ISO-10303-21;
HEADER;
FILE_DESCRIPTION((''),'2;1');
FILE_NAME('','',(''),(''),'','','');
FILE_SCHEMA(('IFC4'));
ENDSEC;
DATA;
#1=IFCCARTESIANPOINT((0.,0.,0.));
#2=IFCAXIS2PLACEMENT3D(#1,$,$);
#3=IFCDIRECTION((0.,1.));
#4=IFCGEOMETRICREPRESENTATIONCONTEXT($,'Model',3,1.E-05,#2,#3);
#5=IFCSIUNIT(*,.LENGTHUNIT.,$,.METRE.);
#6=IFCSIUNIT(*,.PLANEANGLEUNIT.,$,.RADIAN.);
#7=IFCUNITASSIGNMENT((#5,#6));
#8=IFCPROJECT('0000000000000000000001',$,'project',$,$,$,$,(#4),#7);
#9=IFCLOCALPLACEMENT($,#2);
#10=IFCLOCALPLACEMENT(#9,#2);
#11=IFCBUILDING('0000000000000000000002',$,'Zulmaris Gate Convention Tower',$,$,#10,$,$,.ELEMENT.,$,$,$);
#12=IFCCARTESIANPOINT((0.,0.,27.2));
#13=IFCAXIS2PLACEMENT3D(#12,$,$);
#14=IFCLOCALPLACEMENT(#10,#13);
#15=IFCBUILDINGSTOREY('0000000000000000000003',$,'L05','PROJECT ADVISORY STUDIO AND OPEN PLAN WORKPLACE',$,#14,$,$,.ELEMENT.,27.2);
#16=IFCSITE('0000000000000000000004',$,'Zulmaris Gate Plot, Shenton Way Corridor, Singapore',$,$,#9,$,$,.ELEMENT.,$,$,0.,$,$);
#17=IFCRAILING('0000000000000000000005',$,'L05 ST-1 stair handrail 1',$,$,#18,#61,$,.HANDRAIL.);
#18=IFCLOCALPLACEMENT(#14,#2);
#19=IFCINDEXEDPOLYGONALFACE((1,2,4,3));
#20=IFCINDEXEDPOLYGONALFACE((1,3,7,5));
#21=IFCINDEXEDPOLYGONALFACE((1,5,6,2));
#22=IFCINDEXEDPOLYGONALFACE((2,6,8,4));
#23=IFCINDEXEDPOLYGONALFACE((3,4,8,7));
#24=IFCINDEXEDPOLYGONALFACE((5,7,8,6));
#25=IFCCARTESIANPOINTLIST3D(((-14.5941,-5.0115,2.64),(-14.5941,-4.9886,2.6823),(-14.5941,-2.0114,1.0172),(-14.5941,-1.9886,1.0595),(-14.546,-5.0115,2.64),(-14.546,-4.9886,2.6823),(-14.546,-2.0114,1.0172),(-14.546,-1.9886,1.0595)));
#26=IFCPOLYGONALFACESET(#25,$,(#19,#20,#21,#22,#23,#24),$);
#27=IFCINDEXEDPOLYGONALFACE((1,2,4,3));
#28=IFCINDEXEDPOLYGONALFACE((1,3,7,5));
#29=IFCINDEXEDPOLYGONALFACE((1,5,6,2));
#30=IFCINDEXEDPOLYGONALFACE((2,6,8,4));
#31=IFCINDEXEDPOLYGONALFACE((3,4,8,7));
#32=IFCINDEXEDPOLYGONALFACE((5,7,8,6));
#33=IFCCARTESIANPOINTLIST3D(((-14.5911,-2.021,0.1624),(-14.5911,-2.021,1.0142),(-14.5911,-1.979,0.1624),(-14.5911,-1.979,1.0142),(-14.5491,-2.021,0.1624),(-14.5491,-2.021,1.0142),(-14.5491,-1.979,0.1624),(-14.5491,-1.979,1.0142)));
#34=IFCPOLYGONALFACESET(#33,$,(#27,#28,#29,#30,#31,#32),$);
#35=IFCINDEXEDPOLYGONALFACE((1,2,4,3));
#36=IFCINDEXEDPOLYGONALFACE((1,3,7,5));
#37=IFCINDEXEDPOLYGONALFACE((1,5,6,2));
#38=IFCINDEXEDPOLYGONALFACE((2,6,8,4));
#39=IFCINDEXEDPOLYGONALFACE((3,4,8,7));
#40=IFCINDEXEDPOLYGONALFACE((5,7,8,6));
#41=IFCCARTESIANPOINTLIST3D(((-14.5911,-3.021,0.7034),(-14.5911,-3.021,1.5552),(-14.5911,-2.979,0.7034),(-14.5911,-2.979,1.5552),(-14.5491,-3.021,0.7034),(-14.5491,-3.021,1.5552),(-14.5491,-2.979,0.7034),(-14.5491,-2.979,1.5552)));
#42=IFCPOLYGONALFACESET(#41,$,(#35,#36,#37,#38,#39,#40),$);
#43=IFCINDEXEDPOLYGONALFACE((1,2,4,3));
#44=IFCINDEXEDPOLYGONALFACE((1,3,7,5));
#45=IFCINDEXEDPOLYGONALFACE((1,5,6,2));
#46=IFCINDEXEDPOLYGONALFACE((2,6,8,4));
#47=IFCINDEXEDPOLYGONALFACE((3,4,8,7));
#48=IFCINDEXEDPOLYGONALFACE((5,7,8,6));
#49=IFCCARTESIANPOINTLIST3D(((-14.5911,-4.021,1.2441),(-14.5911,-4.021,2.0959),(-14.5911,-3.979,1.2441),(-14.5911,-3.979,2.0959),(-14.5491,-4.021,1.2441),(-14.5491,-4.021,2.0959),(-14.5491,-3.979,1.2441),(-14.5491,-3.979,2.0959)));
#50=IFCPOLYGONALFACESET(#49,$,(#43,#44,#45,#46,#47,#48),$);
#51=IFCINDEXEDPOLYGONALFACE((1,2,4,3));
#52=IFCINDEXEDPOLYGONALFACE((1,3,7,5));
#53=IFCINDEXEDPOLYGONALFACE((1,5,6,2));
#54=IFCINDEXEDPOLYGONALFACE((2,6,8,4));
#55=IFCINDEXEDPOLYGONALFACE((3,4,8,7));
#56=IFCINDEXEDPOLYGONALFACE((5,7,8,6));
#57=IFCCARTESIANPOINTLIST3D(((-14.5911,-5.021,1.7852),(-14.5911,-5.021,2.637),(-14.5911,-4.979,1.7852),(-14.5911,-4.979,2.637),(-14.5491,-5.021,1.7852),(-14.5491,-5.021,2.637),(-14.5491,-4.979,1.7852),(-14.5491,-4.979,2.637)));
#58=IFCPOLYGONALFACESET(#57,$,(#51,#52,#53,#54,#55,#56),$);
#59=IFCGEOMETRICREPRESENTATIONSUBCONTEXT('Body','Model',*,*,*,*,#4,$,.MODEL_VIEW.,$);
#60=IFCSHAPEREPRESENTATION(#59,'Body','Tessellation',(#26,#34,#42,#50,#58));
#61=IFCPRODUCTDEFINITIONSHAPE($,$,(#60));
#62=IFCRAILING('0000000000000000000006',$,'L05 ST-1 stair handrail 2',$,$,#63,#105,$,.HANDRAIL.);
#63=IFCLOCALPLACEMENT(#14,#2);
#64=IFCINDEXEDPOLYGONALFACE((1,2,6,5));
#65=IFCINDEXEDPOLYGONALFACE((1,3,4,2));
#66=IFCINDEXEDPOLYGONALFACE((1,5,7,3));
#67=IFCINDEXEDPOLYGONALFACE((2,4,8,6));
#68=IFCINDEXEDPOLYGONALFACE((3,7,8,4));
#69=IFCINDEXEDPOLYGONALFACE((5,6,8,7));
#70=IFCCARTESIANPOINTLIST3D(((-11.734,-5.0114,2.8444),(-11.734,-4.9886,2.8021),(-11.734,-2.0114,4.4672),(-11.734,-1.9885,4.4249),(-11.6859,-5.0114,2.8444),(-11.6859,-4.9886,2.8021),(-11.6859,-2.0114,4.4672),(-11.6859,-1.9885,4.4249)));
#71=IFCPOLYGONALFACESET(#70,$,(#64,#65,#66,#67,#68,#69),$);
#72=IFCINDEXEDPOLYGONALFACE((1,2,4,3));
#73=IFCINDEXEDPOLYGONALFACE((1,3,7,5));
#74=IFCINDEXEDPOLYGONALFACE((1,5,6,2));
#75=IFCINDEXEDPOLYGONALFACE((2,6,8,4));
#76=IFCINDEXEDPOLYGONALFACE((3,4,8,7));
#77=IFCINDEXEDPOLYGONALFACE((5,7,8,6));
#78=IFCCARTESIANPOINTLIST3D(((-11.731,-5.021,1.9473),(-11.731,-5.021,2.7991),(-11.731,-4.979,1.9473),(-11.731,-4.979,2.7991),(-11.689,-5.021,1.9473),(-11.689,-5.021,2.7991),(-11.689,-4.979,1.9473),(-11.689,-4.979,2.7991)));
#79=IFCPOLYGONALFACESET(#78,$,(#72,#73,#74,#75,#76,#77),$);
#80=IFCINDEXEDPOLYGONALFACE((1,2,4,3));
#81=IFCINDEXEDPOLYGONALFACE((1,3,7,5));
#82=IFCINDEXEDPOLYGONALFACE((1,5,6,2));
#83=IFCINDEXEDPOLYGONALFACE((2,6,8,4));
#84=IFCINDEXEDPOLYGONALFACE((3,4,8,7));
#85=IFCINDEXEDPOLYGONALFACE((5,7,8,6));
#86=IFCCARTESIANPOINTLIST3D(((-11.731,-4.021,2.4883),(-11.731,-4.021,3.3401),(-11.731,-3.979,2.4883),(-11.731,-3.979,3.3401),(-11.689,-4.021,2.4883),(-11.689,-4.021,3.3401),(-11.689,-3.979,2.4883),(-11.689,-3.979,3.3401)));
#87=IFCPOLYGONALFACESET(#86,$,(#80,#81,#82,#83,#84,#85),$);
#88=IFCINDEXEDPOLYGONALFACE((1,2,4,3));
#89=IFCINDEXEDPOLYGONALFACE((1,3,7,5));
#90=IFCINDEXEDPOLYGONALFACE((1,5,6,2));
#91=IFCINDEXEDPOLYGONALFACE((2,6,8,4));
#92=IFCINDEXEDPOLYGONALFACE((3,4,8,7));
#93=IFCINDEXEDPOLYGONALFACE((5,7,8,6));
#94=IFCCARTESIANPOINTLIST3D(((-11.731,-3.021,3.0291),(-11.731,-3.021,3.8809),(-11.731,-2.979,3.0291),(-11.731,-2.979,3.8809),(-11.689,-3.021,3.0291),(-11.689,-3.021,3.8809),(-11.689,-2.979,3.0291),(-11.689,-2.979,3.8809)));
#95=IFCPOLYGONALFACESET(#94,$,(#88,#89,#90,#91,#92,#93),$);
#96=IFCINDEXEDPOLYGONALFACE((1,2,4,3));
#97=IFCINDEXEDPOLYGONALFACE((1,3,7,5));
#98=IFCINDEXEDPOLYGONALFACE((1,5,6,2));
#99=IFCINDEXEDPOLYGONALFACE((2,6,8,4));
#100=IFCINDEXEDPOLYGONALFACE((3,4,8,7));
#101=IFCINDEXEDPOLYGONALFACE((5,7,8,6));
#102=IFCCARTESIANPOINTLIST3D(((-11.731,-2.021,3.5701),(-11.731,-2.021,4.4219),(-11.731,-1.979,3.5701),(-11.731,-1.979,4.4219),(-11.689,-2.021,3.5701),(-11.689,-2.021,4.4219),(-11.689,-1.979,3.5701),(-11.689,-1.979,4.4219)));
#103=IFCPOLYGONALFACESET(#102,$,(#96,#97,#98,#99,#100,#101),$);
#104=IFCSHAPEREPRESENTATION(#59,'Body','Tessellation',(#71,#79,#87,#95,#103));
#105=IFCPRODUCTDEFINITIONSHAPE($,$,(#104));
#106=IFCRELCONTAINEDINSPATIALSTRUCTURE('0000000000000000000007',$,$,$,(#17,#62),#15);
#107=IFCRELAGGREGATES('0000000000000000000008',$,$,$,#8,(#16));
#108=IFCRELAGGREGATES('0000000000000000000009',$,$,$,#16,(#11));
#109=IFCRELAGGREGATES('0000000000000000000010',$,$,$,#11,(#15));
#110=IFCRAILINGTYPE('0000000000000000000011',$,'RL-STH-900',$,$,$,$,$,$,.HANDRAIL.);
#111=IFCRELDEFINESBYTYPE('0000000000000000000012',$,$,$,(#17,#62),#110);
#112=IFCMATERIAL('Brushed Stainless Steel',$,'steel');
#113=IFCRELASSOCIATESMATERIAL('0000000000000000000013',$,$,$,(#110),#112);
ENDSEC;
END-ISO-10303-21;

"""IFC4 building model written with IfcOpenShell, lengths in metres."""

from ifc_helpers import new_model, si_unit, direction, frame, origin, origin_2d, place, context, subcontext, project, spatial, rectangle, extrude, material, type_object, element, save


model = new_model("IFC4")

# Units and contexts
model_context = context("Model", 3, precision=1e-05, world=origin(), true_north=direction((0.0, 1.0)))
body_context = subcontext(model_context, "Body", "Model", "MODEL_VIEW")
ifc_project = project(units=[si_unit("LENGTHUNIT", "METRE"), si_unit("PLANEANGLEUNIT", "RADIAN")], contexts=[model_context])

# Site, building, storey
site_placement = place(None, origin())
site = spatial("IfcSite", under=ifc_project, at=site_placement, Name="Zulmaris Gate Plot, Shenton Way Corridor, Singapore", CompositionType="ELEMENT", RefElevation=0.0)
building_placement = place(site_placement, origin())
building = spatial("IfcBuilding", under=site, at=building_placement, Name="Zulmaris Gate Convention Tower", CompositionType="ELEMENT")
storey_placement = place(building_placement, frame((0.0, 0.0, 27.2)))
storey = spatial("IfcBuildingStorey", under=building, at=storey_placement, Name="L05", Description="PROJECT ADVISORY STUDIO AND OPEN PLAN WORKPLACE", CompositionType="ELEMENT", Elevation=27.2)

# Railings
ifc_material_1 = material(Name="Brushed Stainless Steel", Category="steel")
railing_type_1 = type_object("IfcRailingType", Name="RL-STH-900", PredefinedType="HANDRAIL", material=ifc_material_1)
railing_1_placement = place(storey_placement, frame((-14.5701, -2.0, 0.1624)))
element("IfcRailing", 1, at=railing_1_placement, inside=storey, type_object=railing_type_1, Name="L05 ST-1 stair handrail 1", PredefinedType="HANDRAIL", context=body_context, shape_type="SweptSolid", body=[
    extrude(rectangle(XDim=0.0481, YDim=0.0481, at=origin_2d()), frame((0.0, 0.0, 0.876), z_axis=(0.0, -0.879562, 0.475785), x_axis=(1.0, 0.0, 0.0)), (0.0, 0.0, 1.0), 3.4109),
    extrude(rectangle(XDim=0.042, YDim=0.042, at=origin_2d()), origin(), (0.0, 0.0, 1.0), 0.8518),
    extrude(rectangle(XDim=0.042, YDim=0.042, at=origin_2d()), frame((0.0, -1.0, 0.541)), (0.0, 0.0, 1.0), 0.8518),
    extrude(rectangle(XDim=0.042, YDim=0.042, at=origin_2d()), frame((0.0, -2.0, 1.0818)), (0.0, 0.0, 1.0), 0.8518),
    extrude(rectangle(XDim=0.042, YDim=0.042, at=origin_2d()), frame((0.0, -3.0, 1.6228)), (0.0, 0.0, 1.0), 0.8518),
])
railing_2_placement = place(storey_placement, frame((-11.71, -5.0, 1.9473)))
element("IfcRailing", 2, at=railing_2_placement, inside=storey, type_object=railing_type_1, Name="L05 ST-1 stair handrail 2", PredefinedType="HANDRAIL", context=body_context, shape_type="SweptSolid", body=[
    extrude(rectangle(XDim=0.0481, YDim=0.0481, at=origin_2d()), frame((0.0, 0.0, 0.876), z_axis=(0.0, 0.879562, 0.475785), x_axis=(-1.0, 0.0, 0.0)), (0.0, 0.0, 1.0), 3.4109),
    extrude(rectangle(XDim=0.042, YDim=0.042, at=origin_2d()), origin(), (0.0, 0.0, 1.0), 0.8518),
    extrude(rectangle(XDim=0.042, YDim=0.042, at=origin_2d()), frame((0.0, 1.0, 0.541)), (0.0, 0.0, 1.0), 0.8518),
    extrude(rectangle(XDim=0.042, YDim=0.042, at=origin_2d()), frame((0.0, 2.0, 1.0818)), (0.0, 0.0, 1.0), 0.8518),
    extrude(rectangle(XDim=0.042, YDim=0.042, at=origin_2d()), frame((0.0, 3.0, 1.6228)), (0.0, 0.0, 1.0), 0.8518),
])

save(model, "model.ifc")
